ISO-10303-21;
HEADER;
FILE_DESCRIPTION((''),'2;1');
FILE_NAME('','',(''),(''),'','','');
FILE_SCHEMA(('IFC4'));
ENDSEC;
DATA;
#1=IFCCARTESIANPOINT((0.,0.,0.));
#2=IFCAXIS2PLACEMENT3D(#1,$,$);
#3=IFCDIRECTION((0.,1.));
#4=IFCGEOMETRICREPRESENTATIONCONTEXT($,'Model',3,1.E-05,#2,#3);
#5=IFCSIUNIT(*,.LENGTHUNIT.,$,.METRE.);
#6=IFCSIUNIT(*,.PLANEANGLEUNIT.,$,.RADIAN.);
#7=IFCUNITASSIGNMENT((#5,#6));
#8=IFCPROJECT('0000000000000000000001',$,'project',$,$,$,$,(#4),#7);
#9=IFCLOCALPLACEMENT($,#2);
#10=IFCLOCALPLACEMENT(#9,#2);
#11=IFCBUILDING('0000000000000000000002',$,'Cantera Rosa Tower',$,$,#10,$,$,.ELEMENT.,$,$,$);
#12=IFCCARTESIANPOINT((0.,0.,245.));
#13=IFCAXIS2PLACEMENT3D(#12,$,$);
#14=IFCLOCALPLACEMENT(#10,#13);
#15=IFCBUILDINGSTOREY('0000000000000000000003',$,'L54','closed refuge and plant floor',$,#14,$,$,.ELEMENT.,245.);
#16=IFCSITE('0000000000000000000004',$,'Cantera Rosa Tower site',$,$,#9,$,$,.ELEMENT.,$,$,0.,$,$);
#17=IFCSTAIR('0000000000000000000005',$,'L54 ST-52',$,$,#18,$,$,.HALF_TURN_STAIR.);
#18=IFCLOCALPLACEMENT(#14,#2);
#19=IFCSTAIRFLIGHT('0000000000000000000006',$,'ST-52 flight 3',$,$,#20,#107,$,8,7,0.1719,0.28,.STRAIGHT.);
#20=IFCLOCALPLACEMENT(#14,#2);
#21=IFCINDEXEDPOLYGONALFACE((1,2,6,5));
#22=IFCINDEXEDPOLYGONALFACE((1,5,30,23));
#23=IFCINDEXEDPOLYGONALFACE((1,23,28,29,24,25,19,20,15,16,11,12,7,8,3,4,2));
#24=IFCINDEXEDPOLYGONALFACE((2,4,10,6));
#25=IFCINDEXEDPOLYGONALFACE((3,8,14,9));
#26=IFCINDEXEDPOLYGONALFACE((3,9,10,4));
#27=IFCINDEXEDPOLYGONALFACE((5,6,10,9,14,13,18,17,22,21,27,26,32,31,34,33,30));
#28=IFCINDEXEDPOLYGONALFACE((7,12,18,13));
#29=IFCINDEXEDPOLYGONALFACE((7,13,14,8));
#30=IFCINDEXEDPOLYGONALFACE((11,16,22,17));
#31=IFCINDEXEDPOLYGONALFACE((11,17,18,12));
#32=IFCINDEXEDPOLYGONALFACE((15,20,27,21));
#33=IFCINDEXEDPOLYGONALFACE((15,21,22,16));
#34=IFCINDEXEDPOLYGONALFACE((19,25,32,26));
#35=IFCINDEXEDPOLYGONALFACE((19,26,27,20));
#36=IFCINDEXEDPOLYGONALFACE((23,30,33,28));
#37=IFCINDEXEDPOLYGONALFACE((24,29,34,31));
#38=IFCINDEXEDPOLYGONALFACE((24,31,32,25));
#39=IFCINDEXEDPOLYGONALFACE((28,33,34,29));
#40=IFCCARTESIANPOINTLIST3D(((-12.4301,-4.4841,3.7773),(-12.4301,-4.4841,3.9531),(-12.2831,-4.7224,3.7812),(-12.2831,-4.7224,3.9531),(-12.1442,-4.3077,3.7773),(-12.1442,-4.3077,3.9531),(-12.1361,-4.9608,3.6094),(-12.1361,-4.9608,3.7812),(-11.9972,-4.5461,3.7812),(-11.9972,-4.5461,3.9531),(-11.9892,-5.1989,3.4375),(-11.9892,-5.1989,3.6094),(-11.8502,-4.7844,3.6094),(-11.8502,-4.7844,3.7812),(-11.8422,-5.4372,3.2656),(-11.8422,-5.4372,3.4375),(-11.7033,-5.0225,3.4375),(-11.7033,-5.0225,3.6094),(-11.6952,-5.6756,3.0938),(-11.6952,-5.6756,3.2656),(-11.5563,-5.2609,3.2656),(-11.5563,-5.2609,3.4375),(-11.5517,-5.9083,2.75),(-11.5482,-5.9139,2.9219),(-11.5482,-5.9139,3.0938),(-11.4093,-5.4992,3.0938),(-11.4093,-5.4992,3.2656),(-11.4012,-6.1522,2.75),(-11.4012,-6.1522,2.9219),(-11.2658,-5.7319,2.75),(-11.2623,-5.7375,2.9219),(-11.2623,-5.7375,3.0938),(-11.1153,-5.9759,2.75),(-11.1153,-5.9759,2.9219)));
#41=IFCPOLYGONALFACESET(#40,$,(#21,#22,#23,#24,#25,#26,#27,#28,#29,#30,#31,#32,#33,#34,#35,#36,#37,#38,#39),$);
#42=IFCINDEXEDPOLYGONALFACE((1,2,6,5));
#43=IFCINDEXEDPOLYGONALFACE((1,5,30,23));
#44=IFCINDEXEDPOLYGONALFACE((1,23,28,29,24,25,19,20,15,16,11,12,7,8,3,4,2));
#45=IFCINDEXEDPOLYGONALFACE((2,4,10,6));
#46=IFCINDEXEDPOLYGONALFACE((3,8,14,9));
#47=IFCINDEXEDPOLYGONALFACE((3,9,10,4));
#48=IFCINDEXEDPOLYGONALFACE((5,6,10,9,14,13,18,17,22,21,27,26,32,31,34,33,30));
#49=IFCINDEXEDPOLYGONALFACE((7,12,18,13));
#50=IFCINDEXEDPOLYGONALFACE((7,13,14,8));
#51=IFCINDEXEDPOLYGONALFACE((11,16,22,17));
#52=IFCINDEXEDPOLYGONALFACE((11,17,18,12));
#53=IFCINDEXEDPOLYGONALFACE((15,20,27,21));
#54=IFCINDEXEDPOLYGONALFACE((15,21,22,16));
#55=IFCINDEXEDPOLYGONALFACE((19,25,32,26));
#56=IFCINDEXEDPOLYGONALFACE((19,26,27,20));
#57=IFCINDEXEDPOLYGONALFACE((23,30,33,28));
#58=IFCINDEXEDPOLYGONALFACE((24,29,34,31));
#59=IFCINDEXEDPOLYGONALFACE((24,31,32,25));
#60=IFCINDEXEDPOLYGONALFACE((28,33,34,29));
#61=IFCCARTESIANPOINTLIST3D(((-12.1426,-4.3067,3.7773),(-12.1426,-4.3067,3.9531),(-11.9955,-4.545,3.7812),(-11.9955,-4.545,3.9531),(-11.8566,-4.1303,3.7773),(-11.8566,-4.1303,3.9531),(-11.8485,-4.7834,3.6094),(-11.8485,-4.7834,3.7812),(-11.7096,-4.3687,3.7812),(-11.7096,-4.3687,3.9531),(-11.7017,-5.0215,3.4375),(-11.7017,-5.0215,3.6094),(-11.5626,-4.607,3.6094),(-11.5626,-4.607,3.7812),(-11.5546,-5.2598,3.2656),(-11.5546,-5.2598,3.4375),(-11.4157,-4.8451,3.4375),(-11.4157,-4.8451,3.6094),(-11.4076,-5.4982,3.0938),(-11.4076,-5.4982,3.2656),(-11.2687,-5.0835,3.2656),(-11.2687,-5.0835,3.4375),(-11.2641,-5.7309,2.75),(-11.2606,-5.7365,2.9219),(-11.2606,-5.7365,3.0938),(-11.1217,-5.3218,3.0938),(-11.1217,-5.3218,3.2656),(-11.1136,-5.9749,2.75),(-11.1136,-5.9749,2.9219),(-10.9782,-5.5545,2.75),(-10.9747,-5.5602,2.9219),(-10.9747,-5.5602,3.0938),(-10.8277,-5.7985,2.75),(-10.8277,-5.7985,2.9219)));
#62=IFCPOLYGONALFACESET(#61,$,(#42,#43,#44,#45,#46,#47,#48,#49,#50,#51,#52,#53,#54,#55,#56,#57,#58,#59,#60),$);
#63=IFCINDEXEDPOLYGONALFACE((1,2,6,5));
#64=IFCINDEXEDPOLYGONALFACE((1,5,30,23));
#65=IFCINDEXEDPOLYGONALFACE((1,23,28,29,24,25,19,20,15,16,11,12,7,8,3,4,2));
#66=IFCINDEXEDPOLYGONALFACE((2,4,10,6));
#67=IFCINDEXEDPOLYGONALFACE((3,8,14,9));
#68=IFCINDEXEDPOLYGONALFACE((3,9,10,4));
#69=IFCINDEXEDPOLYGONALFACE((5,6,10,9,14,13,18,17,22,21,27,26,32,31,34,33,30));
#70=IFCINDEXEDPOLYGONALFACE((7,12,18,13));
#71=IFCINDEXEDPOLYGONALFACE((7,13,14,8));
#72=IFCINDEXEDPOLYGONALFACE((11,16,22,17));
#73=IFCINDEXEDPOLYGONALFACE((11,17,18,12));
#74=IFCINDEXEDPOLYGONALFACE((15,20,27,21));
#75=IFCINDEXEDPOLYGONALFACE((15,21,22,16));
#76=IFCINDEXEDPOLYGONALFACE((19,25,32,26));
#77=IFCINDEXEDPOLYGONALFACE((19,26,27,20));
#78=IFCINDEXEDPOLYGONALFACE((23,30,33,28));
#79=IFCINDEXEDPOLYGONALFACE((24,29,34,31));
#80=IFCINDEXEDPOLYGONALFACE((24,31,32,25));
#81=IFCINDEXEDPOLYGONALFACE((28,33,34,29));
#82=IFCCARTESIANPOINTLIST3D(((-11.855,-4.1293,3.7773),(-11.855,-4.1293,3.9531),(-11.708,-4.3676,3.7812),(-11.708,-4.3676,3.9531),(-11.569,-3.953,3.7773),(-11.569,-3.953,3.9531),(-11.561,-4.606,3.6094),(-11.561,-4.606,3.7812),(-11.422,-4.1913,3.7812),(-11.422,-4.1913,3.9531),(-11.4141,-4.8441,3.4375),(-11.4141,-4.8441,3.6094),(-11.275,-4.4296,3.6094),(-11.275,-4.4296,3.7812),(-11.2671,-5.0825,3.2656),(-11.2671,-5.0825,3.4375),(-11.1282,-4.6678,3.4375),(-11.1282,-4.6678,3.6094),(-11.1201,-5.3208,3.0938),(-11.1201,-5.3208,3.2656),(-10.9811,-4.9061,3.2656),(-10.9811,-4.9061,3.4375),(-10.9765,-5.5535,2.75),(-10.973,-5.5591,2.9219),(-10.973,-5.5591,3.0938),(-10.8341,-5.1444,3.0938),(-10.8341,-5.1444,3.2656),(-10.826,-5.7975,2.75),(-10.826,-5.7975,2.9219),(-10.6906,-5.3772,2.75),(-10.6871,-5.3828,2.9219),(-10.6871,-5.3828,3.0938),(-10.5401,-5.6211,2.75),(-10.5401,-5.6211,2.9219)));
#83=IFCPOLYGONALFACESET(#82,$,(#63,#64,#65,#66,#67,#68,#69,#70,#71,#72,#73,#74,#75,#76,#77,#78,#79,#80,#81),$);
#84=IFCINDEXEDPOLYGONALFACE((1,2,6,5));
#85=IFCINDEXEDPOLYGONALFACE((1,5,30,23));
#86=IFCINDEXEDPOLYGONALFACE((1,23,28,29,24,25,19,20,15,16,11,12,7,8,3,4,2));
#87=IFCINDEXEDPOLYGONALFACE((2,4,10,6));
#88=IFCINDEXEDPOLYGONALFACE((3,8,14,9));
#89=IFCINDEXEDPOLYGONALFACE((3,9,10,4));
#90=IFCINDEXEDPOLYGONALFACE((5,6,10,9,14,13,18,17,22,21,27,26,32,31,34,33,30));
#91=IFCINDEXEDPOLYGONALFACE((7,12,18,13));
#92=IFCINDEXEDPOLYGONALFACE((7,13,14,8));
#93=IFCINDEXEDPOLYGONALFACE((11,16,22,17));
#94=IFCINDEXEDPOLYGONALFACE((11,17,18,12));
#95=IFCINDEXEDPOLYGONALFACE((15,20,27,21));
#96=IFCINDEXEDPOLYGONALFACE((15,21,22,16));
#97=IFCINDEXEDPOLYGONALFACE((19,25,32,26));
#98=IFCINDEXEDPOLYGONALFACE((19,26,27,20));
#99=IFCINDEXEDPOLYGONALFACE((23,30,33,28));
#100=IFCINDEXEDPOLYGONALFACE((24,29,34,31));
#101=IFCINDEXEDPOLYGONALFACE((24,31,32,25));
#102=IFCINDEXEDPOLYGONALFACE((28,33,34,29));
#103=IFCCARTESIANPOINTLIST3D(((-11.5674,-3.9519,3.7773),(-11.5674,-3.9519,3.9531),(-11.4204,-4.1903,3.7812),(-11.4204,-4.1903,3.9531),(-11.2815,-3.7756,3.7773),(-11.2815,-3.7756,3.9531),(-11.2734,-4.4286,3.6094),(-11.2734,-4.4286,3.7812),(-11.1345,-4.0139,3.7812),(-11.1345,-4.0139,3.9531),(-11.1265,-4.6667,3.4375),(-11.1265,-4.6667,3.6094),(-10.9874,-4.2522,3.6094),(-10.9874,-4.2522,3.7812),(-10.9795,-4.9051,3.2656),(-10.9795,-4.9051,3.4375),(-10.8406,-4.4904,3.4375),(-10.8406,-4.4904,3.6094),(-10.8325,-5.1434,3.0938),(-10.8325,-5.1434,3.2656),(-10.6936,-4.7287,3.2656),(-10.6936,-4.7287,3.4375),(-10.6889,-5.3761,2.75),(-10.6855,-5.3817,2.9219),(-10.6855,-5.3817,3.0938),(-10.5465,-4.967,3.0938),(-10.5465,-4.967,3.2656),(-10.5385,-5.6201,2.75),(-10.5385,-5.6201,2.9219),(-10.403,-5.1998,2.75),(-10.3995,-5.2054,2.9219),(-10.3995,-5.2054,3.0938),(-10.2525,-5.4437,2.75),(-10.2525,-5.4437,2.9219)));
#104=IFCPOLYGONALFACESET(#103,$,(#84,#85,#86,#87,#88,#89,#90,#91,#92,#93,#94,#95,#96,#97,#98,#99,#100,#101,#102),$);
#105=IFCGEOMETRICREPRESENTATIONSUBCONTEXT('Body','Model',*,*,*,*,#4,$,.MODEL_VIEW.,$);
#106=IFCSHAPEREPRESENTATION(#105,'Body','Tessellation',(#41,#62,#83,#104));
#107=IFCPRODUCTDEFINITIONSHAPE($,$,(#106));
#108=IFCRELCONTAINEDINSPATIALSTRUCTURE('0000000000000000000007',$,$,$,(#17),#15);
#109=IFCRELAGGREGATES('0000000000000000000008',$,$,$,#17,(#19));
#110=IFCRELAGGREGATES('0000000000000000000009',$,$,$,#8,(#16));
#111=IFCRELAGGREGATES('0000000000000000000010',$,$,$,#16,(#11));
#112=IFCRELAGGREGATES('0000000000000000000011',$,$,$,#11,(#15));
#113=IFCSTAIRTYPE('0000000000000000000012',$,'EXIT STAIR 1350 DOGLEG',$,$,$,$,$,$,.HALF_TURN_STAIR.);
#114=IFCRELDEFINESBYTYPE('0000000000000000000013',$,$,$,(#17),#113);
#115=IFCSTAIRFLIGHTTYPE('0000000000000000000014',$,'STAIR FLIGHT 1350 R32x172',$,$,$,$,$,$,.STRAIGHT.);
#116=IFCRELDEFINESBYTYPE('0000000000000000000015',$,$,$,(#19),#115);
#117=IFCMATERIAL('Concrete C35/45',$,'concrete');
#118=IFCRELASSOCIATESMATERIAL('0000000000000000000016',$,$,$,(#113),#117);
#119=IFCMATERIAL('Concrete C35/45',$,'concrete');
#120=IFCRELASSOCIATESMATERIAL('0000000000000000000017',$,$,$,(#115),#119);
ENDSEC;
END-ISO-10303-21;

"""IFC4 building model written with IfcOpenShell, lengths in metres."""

from ifc_helpers import new_model, si_unit, direction, frame, origin, place, context, subcontext, project, spatial, polyline, outline, extrude, material, type_object, element, aggregate, save


model = new_model("IFC4")

# Units and contexts
model_context = context("Model", 3, precision=1e-05, world=origin(), true_north=direction((0.0, 1.0)))
body_context = subcontext(model_context, "Body", "Model", "MODEL_VIEW")
ifc_project = project(units=[si_unit("LENGTHUNIT", "METRE"), si_unit("PLANEANGLEUNIT", "RADIAN")], contexts=[model_context])

# Site, building, storey
site_placement = place(None, origin())
site = spatial("IfcSite", under=ifc_project, at=site_placement, Name="Cantera Rosa Tower site", CompositionType="ELEMENT", RefElevation=0.0)
building_placement = place(site_placement, origin())
building = spatial("IfcBuilding", under=site, at=building_placement, Name="Cantera Rosa Tower", CompositionType="ELEMENT")
storey_placement = place(building_placement, frame((0.0, 0.0, 245.0)))
storey = spatial("IfcBuildingStorey", under=building, at=storey_placement, Name="L54", Description="closed refuge and plant floor", CompositionType="ELEMENT", Elevation=245.0)

# Stair, stair flight
ifc_material_1 = material(Name="Concrete C35/45", Category="concrete")
stair_type = type_object("IfcStairType", Name="EXIT STAIR 1350 DOGLEG", PredefinedType="HALF_TURN_STAIR", material=ifc_material_1)
stair_placement = place(storey_placement, origin())
stair = element("IfcStair", 1, at=stair_placement, inside=storey, type_object=stair_type, Name="L54 ST-52", PredefinedType="HALF_TURN_STAIR")
ifc_material_2 = material(Name="Concrete C35/45", Category="concrete")
stair_flight_type = type_object("IfcStairFlightType", Name="STAIR FLIGHT 1350 R32x172", PredefinedType="STRAIGHT", material=ifc_material_2)
stair_flight_1_placement = place(storey_placement, frame((-10.8267, -5.7979, 2.75), z_axis=(0.0, 0.0, 1.0), x_axis=(-0.524977, 0.851117, 0.0)))
stair_flight_1 = element("IfcStairFlight", 2, at=stair_flight_1_placement, type_object=stair_flight_type, Name="ST-52 flight 3", NumberOfRisers=8, NumberOfTreads=7, PredefinedType="STRAIGHT", RiserHeight=0.1719, TreadLength=0.28, context=body_context, shape_type="SweptSolid", body=[
    extrude(outline(polyline([(0.0, 0.0), (0.0, 0.1719), (0.28, 0.1719), (0.28, 0.3438), (0.5601, 0.3438), (0.5601, 0.5156), (0.8401, 0.5156), (0.8401, 0.6875), (1.1201, 0.6875), (1.1201, 0.8594), (1.3999, 0.8594), (1.3999, 1.0312), (1.6799, 1.0312), (1.6799, 1.2031), (1.96, 1.2031), (1.96, 1.375), (1.96, 1.0273), (0.2866, 0.0), (0.0, 0.0)])), frame((0.0, 0.675, 0.0), z_axis=(0.0, -1.0, 0.0), x_axis=(1.0, 0.0, 0.0)), (0.0, 0.0, 1.0), 0.3359),
    extrude(outline(polyline([(0.0, 0.0), (0.0, 0.1719), (0.28, 0.1719), (0.28, 0.3438), (0.5601, 0.3438), (0.5601, 0.5156), (0.8401, 0.5156), (0.8401, 0.6875), (1.1201, 0.6875), (1.1201, 0.8594), (1.3999, 0.8594), (1.3999, 1.0312), (1.6799, 1.0312), (1.6799, 1.2031), (1.96, 1.2031), (1.96, 1.375), (1.96, 1.0273), (0.2866, 0.0), (0.0, 0.0)])), frame((0.0, 0.3372, 0.0), z_axis=(0.0, -1.0, 0.0), x_axis=(1.0, 0.0, 0.0)), (0.0, 0.0, 1.0), 0.3359),
    extrude(outline(polyline([(0.0, 0.0), (0.0, 0.1719), (0.28, 0.1719), (0.28, 0.3438), (0.5601, 0.3438), (0.5601, 0.5156), (0.8401, 0.5156), (0.8401, 0.6875), (1.1201, 0.6875), (1.1201, 0.8594), (1.3999, 0.8594), (1.3999, 1.0312), (1.6799, 1.0312), (1.6799, 1.2031), (1.96, 1.2031), (1.96, 1.375), (1.96, 1.0273), (0.2866, 0.0), (0.0, 0.0)])), frame((0.0, -0.0007, 0.0), z_axis=(0.0, -1.0, 0.0), x_axis=(1.0, 0.0, 0.0)), (0.0, 0.0, 1.0), 0.3359),
    extrude(outline(polyline([(0.0, 0.0), (0.0, 0.1719), (0.28, 0.1719), (0.28, 0.3438), (0.5601, 0.3438), (0.5601, 0.5156), (0.8401, 0.5156), (0.8401, 0.6875), (1.1201, 0.6875), (1.1201, 0.8594), (1.3999, 0.8594), (1.3999, 1.0312), (1.6799, 1.0312), (1.6799, 1.2031), (1.96, 1.2031), (1.96, 1.375), (1.96, 1.0273), (0.2866, 0.0), (0.0, 0.0)])), frame((0.0, -0.3386, 0.0), z_axis=(0.0, -1.0, 0.0), x_axis=(1.0, 0.0, 0.0)), (0.0, 0.0, 1.0), 0.3359),
])
aggregate(stair, [stair_flight_1])

save(model, "model.ifc")
